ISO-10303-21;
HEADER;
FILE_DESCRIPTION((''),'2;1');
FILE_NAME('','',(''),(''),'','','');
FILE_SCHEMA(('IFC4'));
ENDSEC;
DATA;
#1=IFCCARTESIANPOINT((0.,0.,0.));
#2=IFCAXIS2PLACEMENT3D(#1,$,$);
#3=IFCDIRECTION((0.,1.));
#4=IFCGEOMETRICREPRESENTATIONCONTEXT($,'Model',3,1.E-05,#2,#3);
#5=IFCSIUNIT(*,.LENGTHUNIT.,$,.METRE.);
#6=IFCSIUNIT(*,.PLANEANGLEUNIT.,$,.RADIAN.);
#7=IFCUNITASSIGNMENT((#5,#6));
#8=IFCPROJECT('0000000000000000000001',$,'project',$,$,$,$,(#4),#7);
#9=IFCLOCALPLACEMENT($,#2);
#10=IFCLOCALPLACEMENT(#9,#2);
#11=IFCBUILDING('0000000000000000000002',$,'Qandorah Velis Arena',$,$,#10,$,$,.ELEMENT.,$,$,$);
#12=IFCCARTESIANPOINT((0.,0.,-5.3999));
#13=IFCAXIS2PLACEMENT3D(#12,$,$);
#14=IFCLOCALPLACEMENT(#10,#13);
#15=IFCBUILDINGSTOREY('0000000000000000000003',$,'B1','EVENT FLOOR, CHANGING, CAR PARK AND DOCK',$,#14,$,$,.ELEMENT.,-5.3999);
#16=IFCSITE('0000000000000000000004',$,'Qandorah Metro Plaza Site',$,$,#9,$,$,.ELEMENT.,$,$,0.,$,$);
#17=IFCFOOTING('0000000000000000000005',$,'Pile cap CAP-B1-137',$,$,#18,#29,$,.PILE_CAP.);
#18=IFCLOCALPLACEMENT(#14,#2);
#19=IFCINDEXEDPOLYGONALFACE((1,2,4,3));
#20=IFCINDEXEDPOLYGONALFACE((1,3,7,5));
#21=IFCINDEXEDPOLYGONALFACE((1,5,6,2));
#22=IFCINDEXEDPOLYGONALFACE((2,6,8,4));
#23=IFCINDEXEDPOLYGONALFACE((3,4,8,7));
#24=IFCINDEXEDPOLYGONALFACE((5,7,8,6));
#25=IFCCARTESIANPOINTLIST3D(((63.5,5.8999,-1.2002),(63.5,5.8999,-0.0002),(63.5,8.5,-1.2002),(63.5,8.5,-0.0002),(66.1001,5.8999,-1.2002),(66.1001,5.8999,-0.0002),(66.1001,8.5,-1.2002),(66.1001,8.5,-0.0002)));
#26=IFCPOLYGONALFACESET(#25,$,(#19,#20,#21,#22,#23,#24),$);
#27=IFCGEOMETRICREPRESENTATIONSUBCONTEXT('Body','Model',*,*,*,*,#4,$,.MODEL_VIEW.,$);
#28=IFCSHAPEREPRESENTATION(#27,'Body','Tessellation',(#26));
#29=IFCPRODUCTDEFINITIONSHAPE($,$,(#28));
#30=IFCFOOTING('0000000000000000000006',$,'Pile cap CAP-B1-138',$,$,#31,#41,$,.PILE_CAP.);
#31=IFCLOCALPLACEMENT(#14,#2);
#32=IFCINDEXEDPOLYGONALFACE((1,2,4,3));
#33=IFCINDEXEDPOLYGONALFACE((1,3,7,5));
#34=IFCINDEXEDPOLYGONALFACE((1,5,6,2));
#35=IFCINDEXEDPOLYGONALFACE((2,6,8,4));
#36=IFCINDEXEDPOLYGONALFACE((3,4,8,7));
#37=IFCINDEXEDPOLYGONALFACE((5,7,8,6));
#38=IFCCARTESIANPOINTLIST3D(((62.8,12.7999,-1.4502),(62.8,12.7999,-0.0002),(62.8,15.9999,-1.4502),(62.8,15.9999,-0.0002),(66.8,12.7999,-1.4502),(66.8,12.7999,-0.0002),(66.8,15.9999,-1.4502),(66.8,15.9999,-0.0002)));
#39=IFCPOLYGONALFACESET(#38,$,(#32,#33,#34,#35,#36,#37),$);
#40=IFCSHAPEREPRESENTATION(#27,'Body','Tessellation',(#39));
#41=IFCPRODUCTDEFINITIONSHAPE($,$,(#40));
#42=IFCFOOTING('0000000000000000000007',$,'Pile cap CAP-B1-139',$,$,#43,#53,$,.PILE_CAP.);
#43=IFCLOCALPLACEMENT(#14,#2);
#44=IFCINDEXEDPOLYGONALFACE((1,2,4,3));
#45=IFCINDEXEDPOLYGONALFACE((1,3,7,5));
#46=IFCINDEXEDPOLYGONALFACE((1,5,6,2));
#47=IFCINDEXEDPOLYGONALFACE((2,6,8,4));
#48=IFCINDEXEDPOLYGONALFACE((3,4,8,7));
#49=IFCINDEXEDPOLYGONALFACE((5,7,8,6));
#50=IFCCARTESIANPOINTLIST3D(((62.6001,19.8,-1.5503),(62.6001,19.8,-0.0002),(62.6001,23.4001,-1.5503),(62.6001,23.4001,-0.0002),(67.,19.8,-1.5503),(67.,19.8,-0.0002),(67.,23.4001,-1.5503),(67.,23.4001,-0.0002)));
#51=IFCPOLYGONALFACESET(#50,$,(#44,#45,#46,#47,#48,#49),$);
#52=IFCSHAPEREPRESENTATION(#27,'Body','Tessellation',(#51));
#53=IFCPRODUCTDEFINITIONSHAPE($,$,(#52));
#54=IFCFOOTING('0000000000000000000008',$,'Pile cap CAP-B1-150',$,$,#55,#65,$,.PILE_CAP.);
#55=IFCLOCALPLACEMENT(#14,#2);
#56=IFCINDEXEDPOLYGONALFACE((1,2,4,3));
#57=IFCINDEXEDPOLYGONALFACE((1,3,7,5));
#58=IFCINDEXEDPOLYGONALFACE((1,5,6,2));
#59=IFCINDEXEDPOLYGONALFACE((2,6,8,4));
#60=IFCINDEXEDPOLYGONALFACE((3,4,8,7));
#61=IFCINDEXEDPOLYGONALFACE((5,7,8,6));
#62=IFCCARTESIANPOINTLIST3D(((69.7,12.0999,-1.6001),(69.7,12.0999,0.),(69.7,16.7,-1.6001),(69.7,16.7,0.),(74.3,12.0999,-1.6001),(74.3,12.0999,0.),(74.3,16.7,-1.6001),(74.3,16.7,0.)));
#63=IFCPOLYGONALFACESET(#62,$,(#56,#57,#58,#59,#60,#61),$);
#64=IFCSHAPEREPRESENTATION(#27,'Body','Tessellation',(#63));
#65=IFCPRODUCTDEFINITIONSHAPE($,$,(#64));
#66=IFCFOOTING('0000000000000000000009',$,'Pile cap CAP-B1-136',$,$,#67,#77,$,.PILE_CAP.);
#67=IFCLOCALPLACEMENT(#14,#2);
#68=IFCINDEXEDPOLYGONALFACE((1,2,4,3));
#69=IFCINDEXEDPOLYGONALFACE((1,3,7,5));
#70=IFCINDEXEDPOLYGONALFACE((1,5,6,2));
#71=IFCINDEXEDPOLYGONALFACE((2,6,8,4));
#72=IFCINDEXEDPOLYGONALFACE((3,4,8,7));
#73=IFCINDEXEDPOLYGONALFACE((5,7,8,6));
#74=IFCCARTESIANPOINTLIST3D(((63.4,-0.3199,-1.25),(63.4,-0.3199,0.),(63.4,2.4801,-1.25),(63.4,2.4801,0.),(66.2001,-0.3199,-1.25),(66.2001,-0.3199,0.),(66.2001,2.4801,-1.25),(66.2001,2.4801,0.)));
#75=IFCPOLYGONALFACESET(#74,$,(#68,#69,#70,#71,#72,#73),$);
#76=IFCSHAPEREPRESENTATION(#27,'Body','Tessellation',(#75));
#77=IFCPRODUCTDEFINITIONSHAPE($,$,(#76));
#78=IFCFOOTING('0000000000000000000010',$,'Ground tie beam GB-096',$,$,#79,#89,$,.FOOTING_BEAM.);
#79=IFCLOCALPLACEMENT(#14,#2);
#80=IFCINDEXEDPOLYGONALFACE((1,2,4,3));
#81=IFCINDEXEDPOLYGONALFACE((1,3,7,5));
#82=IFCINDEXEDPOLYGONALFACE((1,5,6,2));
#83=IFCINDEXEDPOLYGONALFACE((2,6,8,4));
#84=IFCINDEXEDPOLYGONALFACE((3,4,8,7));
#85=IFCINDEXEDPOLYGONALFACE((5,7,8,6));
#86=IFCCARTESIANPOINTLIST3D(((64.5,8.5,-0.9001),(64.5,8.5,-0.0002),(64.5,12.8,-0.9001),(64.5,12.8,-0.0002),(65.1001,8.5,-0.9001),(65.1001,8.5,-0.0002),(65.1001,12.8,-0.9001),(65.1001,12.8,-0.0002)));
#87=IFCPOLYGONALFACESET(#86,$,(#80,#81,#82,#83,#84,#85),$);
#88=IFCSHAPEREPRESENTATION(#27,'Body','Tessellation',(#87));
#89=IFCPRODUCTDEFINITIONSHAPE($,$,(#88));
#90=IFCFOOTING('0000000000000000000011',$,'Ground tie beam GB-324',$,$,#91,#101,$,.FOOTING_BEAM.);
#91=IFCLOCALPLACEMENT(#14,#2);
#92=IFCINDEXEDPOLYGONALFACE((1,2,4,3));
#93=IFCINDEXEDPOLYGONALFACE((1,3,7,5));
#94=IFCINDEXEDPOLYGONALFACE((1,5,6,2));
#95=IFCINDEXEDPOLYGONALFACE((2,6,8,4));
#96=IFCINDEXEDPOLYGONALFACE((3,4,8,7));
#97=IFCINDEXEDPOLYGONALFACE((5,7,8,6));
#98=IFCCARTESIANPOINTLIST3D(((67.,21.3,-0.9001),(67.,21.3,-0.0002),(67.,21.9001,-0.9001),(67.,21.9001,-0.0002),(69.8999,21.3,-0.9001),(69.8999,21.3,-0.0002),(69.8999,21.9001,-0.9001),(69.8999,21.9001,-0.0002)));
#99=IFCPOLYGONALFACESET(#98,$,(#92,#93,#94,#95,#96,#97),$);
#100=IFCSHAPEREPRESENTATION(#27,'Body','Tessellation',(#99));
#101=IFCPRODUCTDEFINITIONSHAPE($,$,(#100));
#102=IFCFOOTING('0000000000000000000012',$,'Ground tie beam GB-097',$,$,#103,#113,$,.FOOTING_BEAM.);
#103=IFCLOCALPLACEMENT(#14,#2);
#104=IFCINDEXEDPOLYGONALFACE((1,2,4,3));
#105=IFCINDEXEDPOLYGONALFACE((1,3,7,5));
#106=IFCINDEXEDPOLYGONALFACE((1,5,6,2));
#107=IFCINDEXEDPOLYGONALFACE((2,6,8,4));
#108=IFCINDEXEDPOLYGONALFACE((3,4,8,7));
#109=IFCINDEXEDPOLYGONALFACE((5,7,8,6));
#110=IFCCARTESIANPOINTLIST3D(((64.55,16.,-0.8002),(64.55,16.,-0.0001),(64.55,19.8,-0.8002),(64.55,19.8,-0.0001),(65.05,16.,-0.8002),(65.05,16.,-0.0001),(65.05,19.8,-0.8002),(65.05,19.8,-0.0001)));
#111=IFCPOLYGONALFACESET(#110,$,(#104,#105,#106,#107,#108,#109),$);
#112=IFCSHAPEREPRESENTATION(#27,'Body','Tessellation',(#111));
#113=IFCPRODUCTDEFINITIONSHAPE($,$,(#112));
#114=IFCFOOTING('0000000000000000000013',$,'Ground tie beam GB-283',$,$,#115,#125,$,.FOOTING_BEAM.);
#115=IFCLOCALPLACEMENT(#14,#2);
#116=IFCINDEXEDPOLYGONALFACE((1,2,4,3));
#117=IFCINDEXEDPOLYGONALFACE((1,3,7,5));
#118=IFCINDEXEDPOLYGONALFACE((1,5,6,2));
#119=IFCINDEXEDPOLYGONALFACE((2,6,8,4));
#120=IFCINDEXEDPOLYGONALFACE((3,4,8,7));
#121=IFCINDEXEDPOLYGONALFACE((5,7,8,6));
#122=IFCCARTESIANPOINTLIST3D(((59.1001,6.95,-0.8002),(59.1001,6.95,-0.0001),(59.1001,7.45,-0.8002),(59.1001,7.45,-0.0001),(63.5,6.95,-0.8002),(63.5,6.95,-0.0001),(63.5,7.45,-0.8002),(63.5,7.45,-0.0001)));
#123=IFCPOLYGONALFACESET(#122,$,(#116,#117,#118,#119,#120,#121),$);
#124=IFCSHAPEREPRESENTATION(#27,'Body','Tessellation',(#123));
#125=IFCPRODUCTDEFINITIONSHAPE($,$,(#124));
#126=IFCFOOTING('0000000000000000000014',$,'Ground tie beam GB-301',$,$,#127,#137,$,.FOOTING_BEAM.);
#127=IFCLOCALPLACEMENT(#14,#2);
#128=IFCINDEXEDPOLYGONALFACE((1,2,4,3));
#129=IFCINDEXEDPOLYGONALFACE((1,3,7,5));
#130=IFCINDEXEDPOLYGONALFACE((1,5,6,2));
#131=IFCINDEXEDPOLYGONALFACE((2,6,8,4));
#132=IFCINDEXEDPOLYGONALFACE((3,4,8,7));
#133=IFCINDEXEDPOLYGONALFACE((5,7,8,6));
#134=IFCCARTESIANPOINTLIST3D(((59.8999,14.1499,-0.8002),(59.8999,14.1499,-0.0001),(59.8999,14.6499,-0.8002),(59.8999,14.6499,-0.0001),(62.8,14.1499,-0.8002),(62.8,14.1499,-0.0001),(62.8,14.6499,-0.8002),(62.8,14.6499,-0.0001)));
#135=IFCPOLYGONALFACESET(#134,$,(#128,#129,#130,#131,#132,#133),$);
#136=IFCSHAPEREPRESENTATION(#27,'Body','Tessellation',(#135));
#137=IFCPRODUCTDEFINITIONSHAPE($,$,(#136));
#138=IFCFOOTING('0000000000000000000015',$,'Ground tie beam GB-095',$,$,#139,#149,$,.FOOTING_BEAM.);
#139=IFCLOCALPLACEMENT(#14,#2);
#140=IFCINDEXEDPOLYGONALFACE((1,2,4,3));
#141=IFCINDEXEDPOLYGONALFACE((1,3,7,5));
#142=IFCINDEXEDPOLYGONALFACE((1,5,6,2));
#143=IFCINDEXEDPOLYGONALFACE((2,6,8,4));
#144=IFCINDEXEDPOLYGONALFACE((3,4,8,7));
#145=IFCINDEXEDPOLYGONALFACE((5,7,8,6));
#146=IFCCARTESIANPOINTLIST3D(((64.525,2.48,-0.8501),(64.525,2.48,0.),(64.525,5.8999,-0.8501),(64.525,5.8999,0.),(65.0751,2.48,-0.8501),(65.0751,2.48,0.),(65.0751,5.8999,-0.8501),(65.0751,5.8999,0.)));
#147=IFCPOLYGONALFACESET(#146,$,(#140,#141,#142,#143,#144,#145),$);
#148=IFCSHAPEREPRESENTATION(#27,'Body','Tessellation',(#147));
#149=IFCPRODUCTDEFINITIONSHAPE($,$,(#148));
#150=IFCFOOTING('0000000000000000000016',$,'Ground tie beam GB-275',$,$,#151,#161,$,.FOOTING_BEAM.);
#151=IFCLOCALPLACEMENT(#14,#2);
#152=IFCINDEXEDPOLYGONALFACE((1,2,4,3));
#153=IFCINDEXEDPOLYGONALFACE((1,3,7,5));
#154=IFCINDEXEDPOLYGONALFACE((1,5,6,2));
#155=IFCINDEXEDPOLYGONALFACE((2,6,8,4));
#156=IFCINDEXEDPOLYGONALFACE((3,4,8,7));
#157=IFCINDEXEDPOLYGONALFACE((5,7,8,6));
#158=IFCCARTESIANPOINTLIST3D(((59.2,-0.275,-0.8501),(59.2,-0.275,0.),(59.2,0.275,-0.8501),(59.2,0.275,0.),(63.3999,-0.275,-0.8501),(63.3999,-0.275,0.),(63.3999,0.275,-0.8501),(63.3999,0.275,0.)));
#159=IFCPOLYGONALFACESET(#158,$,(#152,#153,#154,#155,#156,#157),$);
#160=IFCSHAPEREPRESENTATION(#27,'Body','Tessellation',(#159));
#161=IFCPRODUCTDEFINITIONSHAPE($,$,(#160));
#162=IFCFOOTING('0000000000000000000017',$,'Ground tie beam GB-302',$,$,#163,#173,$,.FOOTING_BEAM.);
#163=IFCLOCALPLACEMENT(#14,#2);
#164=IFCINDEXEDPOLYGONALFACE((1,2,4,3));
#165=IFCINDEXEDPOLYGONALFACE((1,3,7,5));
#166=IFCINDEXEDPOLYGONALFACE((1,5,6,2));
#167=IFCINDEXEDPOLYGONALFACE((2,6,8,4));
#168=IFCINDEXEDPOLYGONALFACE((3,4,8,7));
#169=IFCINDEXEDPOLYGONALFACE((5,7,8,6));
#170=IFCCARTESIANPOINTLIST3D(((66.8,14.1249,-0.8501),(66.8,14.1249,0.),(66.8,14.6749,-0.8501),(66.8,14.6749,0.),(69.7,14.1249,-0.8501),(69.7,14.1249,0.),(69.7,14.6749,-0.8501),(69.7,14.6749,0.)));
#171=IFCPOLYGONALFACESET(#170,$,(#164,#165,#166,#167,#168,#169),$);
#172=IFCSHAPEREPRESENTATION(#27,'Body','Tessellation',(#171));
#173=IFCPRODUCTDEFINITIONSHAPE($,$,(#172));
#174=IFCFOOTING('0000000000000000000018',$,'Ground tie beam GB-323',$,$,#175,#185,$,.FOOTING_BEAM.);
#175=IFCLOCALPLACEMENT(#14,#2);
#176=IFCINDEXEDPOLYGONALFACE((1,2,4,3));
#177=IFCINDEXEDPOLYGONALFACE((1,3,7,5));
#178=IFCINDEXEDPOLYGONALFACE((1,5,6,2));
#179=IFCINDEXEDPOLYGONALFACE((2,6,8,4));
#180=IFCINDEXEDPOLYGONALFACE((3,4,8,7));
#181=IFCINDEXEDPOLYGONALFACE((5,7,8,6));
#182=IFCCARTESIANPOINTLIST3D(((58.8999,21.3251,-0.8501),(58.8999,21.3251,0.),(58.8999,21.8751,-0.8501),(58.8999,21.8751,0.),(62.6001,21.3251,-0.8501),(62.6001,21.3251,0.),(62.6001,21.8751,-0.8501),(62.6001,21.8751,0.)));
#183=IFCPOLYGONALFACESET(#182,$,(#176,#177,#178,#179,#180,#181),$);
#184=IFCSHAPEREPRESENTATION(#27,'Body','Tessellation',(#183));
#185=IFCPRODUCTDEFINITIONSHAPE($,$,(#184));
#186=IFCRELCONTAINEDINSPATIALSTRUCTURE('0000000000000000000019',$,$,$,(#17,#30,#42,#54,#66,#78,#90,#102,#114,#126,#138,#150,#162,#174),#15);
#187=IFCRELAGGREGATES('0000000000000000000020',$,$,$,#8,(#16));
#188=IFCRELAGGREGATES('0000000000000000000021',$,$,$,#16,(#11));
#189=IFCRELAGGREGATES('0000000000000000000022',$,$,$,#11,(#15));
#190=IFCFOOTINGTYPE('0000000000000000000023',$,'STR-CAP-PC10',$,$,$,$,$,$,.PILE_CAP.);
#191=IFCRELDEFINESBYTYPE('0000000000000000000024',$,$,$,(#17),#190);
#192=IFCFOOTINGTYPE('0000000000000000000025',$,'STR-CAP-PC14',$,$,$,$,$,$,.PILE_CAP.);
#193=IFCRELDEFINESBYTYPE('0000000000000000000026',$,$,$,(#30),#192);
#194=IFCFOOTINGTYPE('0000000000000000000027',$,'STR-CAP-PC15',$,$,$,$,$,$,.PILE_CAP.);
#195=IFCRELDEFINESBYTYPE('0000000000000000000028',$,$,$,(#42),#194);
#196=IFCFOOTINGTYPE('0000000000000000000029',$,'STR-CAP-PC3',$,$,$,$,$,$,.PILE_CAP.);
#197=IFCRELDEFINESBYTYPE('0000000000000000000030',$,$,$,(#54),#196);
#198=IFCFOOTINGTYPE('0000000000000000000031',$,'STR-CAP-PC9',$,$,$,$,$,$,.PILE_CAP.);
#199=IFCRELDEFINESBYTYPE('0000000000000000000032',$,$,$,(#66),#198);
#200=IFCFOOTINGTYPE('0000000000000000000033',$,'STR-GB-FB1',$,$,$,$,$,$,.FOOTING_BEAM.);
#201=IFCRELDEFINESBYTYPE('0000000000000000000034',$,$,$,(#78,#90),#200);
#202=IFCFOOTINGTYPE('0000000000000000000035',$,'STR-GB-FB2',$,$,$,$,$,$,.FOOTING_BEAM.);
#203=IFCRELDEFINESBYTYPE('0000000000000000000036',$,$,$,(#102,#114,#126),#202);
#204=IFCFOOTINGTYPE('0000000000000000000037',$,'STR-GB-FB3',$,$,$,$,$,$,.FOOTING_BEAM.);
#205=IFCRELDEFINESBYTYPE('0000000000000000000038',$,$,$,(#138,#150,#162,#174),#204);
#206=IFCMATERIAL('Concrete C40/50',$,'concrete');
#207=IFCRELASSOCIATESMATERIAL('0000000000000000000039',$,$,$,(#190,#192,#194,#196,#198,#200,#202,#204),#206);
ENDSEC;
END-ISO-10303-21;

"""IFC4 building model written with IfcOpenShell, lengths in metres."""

from ifc_helpers import new_model, si_unit, direction, frame, origin, origin_2d, place, context, subcontext, project, spatial, rectangle, extrude, material, material_profile, profile_set, type_object, element, save


model = new_model("IFC4")

# Units and contexts
model_context = context("Model", 3, precision=1e-05, world=origin(), true_north=direction((0.0, 1.0)))
body_context = subcontext(model_context, "Body", "Model", "MODEL_VIEW")
ifc_project = project(units=[si_unit("LENGTHUNIT", "METRE"), si_unit("PLANEANGLEUNIT", "RADIAN")], contexts=[model_context])

# Site, building, storey
site_placement = place(None, origin())
site = spatial("IfcSite", under=ifc_project, at=site_placement, Name="Qandorah Metro Plaza Site", CompositionType="ELEMENT", RefElevation=0.0)
building_placement = place(site_placement, origin())
building = spatial("IfcBuilding", under=site, at=building_placement, Name="Qandorah Velis Arena", CompositionType="ELEMENT")
storey_placement = place(building_placement, frame((0.0, 0.0, -5.3999)))
storey = spatial("IfcBuildingStorey", under=building, at=storey_placement, Name="B1", Description="EVENT FLOOR, CHANGING, CAR PARK AND DOCK", CompositionType="ELEMENT", Elevation=-5.3999)

# Footings
ifc_material_1 = material(Name="Concrete C40/50", Category="concrete")
footing_type_1 = type_object("IfcFootingType", Name="STR-CAP-PC10", PredefinedType="PILE_CAP", material=ifc_material_1)
footing_1_placement = place(storey_placement, frame((64.8, 7.2, -1.2002), z_axis=(0.0, 0.0, 1.0), x_axis=(1.0, 0.0, 0.0)))
element("IfcFooting", 1, at=footing_1_placement, inside=storey, type_object=footing_type_1, Name="Pile cap CAP-B1-137", PredefinedType="PILE_CAP", context=body_context, shape_type="SweptSolid", body=[
    extrude(rectangle(XDim=2.6001, YDim=2.6001, at=origin_2d()), origin(), (0.0, 0.0, 1.0), 1.2),
])
footing_type_2 = type_object("IfcFootingType", Name="STR-CAP-PC14", PredefinedType="PILE_CAP", material=ifc_material_1)
footing_2_placement = place(storey_placement, frame((64.8, 14.3999, -1.4502), z_axis=(0.0, 0.0, 1.0), x_axis=(1.0, 0.0, 0.0)))
element("IfcFooting", 2, at=footing_2_placement, inside=storey, type_object=footing_type_2, Name="Pile cap CAP-B1-138", PredefinedType="PILE_CAP", context=body_context, shape_type="SweptSolid", body=[
    extrude(rectangle(XDim=4.0, YDim=3.2, at=origin_2d()), origin(), (0.0, 0.0, 1.0), 1.45),
])
footing_type_3 = type_object("IfcFootingType", Name="STR-CAP-PC15", PredefinedType="PILE_CAP", material=ifc_material_1)
footing_3_placement = place(storey_placement, frame((64.8, 21.6001, -1.5503), z_axis=(0.0, 0.0, 1.0), x_axis=(1.0, 0.0, 0.0)))
element("IfcFooting", 3, at=footing_3_placement, inside=storey, type_object=footing_type_3, Name="Pile cap CAP-B1-139", PredefinedType="PILE_CAP", context=body_context, shape_type="SweptSolid", body=[
    extrude(rectangle(XDim=4.3999, YDim=3.6001, at=origin_2d()), origin(), (0.0, 0.0, 1.0), 1.55),
])
footing_type_4 = type_object("IfcFootingType", Name="STR-CAP-PC3", PredefinedType="PILE_CAP", material=ifc_material_1)
footing_4_placement = place(storey_placement, frame((72.0, 14.3999, -1.6001), z_axis=(0.0, 0.0, 1.0), x_axis=(1.0, 0.0, 0.0)))
element("IfcFooting", 4, at=footing_4_placement, inside=storey, type_object=footing_type_4, Name="Pile cap CAP-B1-150", PredefinedType="PILE_CAP", context=body_context, shape_type="SweptSolid", body=[
    extrude(rectangle(XDim=4.6001, YDim=4.6001, at=origin_2d()), origin(), (0.0, 0.0, 1.0), 1.6001),
])
footing_type_5 = type_object("IfcFootingType", Name="STR-CAP-PC9", PredefinedType="PILE_CAP", material=ifc_material_1)
footing_5_placement = place(storey_placement, frame((64.8, 1.0801, -1.25), z_axis=(0.0, 0.0, 1.0), x_axis=(1.0, 0.0, 0.0)))
element("IfcFooting", 5, at=footing_5_placement, inside=storey, type_object=footing_type_5, Name="Pile cap CAP-B1-136", PredefinedType="PILE_CAP", context=body_context, shape_type="SweptSolid", body=[
    extrude(rectangle(XDim=2.8, YDim=2.8, at=origin_2d()), origin(), (0.0, 0.0, 1.0), 1.25),
])
ifc_material_profile_1 = material_profile(ifc_material_1, rectangle(XDim=0.6001, YDim=0.8999, at=origin_2d()), Name="GB1 600x900")
ifc_profile_set_1 = profile_set([ifc_material_profile_1], Name="Concrete C40/50")
footing_type_6 = type_object("IfcFootingType", Name="STR-GB-FB1", PredefinedType="FOOTING_BEAM", material=ifc_profile_set_1)
footing_6_placement = place(storey_placement, frame((64.8, 8.5, -0.4502), z_axis=(0.0, 1.0, 0.0), x_axis=(-1.0, 0.0, 0.0)))
element("IfcFooting", 6, at=footing_6_placement, inside=storey, type_object=footing_type_6, Name="Ground tie beam GB-096", PredefinedType="FOOTING_BEAM", context=body_context, shape_type="SweptSolid", body=[
    extrude(rectangle(XDim=0.6001, YDim=0.8999, at=origin_2d()), origin(), (0.0, 0.0, 1.0), 4.3),
])
footing_7_placement = place(storey_placement, frame((67.0, 21.6001, -0.4502), z_axis=(1.0, 0.0, 0.0), x_axis=(0.0, 1.0, 0.0)))
element("IfcFooting", 7, at=footing_7_placement, inside=storey, type_object=footing_type_6, Name="Ground tie beam GB-324", PredefinedType="FOOTING_BEAM", context=body_context, shape_type="SweptSolid", body=[
    extrude(rectangle(XDim=0.6001, YDim=0.8999, at=origin_2d()), origin(), (0.0, 0.0, 1.0), 2.8999),
])
ifc_material_profile_2 = material_profile(ifc_material_1, rectangle(XDim=0.5, YDim=0.8, at=origin_2d()), Name="GB2 500x800")
ifc_profile_set_2 = profile_set([ifc_material_profile_2], Name="Concrete C40/50")
footing_type_7 = type_object("IfcFootingType", Name="STR-GB-FB2", PredefinedType="FOOTING_BEAM", material=ifc_profile_set_2)
footing_8_placement = place(storey_placement, frame((64.8, 16.0, -0.4001), z_axis=(0.0, 1.0, 0.0), x_axis=(-1.0, 0.0, 0.0)))
element("IfcFooting", 8, at=footing_8_placement, inside=storey, type_object=footing_type_7, Name="Ground tie beam GB-097", PredefinedType="FOOTING_BEAM", context=body_context, shape_type="SweptSolid", body=[
    extrude(rectangle(XDim=0.5, YDim=0.8, at=origin_2d()), origin(), (0.0, 0.0, 1.0), 3.8),
])
footing_9_placement = place(storey_placement, frame((59.1001, 7.2, -0.4001), z_axis=(1.0, 0.0, 0.0), x_axis=(0.0, 1.0, 0.0)))
element("IfcFooting", 9, at=footing_9_placement, inside=storey, type_object=footing_type_7, Name="Ground tie beam GB-283", PredefinedType="FOOTING_BEAM", context=body_context, shape_type="SweptSolid", body=[
    extrude(rectangle(XDim=0.5, YDim=0.8, at=origin_2d()), origin(), (0.0, 0.0, 1.0), 4.3999),
])
footing_10_placement = place(storey_placement, frame((59.8999, 14.3999, -0.4001), z_axis=(1.0, 0.0, 0.0), x_axis=(0.0, 1.0, 0.0)))
element("IfcFooting", 10, at=footing_10_placement, inside=storey, type_object=footing_type_7, Name="Ground tie beam GB-301", PredefinedType="FOOTING_BEAM", context=body_context, shape_type="SweptSolid", body=[
    extrude(rectangle(XDim=0.5, YDim=0.8, at=origin_2d()), origin(), (0.0, 0.0, 1.0), 2.9001),
])
ifc_material_profile_3 = material_profile(ifc_material_1, rectangle(XDim=0.55, YDim=0.8501, at=origin_2d()), Name="GB3 550x850")
ifc_profile_set_3 = profile_set([ifc_material_profile_3], Name="Concrete C40/50")
footing_type_8 = type_object("IfcFootingType", Name="STR-GB-FB3", PredefinedType="FOOTING_BEAM", material=ifc_profile_set_3)
footing_11_placement = place(storey_placement, frame((64.8, 2.48, -0.425), z_axis=(0.0, 1.0, 0.0), x_axis=(-1.0, 0.0, 0.0)))
element("IfcFooting", 11, at=footing_11_placement, inside=storey, type_object=footing_type_8, Name="Ground tie beam GB-095", PredefinedType="FOOTING_BEAM", context=body_context, shape_type="SweptSolid", body=[
    extrude(rectangle(XDim=0.55, YDim=0.8501, at=origin_2d()), origin(), (0.0, 0.0, 1.0), 3.4199),
])
footing_12_placement = place(storey_placement, frame((59.2, 0.0, -0.425), z_axis=(1.0, 0.0, 0.0), x_axis=(0.0, 1.0, 0.0)))
element("IfcFooting", 12, at=footing_12_placement, inside=storey, type_object=footing_type_8, Name="Ground tie beam GB-275", PredefinedType="FOOTING_BEAM", context=body_context, shape_type="SweptSolid", body=[
    extrude(rectangle(XDim=0.55, YDim=0.8501, at=origin_2d()), origin(), (0.0, 0.0, 1.0), 4.2),
])
footing_13_placement = place(storey_placement, frame((66.8, 14.3999, -0.425), z_axis=(1.0, 0.0, 0.0), x_axis=(0.0, 1.0, 0.0)))
element("IfcFooting", 13, at=footing_13_placement, inside=storey, type_object=footing_type_8, Name="Ground tie beam GB-302", PredefinedType="FOOTING_BEAM", context=body_context, shape_type="SweptSolid", body=[
    extrude(rectangle(XDim=0.55, YDim=0.8501, at=origin_2d()), origin(), (0.0, 0.0, 1.0), 2.8999),
])
footing_14_placement = place(storey_placement, frame((58.8999, 21.6001, -0.425), z_axis=(1.0, 0.0, 0.0), x_axis=(0.0, 1.0, 0.0)))
element("IfcFooting", 14, at=footing_14_placement, inside=storey, type_object=footing_type_8, Name="Ground tie beam GB-323", PredefinedType="FOOTING_BEAM", context=body_context, shape_type="SweptSolid", body=[
    extrude(rectangle(XDim=0.55, YDim=0.8501, at=origin_2d()), origin(), (0.0, 0.0, 1.0), 3.7002),
])

save(model, "model.ifc")
